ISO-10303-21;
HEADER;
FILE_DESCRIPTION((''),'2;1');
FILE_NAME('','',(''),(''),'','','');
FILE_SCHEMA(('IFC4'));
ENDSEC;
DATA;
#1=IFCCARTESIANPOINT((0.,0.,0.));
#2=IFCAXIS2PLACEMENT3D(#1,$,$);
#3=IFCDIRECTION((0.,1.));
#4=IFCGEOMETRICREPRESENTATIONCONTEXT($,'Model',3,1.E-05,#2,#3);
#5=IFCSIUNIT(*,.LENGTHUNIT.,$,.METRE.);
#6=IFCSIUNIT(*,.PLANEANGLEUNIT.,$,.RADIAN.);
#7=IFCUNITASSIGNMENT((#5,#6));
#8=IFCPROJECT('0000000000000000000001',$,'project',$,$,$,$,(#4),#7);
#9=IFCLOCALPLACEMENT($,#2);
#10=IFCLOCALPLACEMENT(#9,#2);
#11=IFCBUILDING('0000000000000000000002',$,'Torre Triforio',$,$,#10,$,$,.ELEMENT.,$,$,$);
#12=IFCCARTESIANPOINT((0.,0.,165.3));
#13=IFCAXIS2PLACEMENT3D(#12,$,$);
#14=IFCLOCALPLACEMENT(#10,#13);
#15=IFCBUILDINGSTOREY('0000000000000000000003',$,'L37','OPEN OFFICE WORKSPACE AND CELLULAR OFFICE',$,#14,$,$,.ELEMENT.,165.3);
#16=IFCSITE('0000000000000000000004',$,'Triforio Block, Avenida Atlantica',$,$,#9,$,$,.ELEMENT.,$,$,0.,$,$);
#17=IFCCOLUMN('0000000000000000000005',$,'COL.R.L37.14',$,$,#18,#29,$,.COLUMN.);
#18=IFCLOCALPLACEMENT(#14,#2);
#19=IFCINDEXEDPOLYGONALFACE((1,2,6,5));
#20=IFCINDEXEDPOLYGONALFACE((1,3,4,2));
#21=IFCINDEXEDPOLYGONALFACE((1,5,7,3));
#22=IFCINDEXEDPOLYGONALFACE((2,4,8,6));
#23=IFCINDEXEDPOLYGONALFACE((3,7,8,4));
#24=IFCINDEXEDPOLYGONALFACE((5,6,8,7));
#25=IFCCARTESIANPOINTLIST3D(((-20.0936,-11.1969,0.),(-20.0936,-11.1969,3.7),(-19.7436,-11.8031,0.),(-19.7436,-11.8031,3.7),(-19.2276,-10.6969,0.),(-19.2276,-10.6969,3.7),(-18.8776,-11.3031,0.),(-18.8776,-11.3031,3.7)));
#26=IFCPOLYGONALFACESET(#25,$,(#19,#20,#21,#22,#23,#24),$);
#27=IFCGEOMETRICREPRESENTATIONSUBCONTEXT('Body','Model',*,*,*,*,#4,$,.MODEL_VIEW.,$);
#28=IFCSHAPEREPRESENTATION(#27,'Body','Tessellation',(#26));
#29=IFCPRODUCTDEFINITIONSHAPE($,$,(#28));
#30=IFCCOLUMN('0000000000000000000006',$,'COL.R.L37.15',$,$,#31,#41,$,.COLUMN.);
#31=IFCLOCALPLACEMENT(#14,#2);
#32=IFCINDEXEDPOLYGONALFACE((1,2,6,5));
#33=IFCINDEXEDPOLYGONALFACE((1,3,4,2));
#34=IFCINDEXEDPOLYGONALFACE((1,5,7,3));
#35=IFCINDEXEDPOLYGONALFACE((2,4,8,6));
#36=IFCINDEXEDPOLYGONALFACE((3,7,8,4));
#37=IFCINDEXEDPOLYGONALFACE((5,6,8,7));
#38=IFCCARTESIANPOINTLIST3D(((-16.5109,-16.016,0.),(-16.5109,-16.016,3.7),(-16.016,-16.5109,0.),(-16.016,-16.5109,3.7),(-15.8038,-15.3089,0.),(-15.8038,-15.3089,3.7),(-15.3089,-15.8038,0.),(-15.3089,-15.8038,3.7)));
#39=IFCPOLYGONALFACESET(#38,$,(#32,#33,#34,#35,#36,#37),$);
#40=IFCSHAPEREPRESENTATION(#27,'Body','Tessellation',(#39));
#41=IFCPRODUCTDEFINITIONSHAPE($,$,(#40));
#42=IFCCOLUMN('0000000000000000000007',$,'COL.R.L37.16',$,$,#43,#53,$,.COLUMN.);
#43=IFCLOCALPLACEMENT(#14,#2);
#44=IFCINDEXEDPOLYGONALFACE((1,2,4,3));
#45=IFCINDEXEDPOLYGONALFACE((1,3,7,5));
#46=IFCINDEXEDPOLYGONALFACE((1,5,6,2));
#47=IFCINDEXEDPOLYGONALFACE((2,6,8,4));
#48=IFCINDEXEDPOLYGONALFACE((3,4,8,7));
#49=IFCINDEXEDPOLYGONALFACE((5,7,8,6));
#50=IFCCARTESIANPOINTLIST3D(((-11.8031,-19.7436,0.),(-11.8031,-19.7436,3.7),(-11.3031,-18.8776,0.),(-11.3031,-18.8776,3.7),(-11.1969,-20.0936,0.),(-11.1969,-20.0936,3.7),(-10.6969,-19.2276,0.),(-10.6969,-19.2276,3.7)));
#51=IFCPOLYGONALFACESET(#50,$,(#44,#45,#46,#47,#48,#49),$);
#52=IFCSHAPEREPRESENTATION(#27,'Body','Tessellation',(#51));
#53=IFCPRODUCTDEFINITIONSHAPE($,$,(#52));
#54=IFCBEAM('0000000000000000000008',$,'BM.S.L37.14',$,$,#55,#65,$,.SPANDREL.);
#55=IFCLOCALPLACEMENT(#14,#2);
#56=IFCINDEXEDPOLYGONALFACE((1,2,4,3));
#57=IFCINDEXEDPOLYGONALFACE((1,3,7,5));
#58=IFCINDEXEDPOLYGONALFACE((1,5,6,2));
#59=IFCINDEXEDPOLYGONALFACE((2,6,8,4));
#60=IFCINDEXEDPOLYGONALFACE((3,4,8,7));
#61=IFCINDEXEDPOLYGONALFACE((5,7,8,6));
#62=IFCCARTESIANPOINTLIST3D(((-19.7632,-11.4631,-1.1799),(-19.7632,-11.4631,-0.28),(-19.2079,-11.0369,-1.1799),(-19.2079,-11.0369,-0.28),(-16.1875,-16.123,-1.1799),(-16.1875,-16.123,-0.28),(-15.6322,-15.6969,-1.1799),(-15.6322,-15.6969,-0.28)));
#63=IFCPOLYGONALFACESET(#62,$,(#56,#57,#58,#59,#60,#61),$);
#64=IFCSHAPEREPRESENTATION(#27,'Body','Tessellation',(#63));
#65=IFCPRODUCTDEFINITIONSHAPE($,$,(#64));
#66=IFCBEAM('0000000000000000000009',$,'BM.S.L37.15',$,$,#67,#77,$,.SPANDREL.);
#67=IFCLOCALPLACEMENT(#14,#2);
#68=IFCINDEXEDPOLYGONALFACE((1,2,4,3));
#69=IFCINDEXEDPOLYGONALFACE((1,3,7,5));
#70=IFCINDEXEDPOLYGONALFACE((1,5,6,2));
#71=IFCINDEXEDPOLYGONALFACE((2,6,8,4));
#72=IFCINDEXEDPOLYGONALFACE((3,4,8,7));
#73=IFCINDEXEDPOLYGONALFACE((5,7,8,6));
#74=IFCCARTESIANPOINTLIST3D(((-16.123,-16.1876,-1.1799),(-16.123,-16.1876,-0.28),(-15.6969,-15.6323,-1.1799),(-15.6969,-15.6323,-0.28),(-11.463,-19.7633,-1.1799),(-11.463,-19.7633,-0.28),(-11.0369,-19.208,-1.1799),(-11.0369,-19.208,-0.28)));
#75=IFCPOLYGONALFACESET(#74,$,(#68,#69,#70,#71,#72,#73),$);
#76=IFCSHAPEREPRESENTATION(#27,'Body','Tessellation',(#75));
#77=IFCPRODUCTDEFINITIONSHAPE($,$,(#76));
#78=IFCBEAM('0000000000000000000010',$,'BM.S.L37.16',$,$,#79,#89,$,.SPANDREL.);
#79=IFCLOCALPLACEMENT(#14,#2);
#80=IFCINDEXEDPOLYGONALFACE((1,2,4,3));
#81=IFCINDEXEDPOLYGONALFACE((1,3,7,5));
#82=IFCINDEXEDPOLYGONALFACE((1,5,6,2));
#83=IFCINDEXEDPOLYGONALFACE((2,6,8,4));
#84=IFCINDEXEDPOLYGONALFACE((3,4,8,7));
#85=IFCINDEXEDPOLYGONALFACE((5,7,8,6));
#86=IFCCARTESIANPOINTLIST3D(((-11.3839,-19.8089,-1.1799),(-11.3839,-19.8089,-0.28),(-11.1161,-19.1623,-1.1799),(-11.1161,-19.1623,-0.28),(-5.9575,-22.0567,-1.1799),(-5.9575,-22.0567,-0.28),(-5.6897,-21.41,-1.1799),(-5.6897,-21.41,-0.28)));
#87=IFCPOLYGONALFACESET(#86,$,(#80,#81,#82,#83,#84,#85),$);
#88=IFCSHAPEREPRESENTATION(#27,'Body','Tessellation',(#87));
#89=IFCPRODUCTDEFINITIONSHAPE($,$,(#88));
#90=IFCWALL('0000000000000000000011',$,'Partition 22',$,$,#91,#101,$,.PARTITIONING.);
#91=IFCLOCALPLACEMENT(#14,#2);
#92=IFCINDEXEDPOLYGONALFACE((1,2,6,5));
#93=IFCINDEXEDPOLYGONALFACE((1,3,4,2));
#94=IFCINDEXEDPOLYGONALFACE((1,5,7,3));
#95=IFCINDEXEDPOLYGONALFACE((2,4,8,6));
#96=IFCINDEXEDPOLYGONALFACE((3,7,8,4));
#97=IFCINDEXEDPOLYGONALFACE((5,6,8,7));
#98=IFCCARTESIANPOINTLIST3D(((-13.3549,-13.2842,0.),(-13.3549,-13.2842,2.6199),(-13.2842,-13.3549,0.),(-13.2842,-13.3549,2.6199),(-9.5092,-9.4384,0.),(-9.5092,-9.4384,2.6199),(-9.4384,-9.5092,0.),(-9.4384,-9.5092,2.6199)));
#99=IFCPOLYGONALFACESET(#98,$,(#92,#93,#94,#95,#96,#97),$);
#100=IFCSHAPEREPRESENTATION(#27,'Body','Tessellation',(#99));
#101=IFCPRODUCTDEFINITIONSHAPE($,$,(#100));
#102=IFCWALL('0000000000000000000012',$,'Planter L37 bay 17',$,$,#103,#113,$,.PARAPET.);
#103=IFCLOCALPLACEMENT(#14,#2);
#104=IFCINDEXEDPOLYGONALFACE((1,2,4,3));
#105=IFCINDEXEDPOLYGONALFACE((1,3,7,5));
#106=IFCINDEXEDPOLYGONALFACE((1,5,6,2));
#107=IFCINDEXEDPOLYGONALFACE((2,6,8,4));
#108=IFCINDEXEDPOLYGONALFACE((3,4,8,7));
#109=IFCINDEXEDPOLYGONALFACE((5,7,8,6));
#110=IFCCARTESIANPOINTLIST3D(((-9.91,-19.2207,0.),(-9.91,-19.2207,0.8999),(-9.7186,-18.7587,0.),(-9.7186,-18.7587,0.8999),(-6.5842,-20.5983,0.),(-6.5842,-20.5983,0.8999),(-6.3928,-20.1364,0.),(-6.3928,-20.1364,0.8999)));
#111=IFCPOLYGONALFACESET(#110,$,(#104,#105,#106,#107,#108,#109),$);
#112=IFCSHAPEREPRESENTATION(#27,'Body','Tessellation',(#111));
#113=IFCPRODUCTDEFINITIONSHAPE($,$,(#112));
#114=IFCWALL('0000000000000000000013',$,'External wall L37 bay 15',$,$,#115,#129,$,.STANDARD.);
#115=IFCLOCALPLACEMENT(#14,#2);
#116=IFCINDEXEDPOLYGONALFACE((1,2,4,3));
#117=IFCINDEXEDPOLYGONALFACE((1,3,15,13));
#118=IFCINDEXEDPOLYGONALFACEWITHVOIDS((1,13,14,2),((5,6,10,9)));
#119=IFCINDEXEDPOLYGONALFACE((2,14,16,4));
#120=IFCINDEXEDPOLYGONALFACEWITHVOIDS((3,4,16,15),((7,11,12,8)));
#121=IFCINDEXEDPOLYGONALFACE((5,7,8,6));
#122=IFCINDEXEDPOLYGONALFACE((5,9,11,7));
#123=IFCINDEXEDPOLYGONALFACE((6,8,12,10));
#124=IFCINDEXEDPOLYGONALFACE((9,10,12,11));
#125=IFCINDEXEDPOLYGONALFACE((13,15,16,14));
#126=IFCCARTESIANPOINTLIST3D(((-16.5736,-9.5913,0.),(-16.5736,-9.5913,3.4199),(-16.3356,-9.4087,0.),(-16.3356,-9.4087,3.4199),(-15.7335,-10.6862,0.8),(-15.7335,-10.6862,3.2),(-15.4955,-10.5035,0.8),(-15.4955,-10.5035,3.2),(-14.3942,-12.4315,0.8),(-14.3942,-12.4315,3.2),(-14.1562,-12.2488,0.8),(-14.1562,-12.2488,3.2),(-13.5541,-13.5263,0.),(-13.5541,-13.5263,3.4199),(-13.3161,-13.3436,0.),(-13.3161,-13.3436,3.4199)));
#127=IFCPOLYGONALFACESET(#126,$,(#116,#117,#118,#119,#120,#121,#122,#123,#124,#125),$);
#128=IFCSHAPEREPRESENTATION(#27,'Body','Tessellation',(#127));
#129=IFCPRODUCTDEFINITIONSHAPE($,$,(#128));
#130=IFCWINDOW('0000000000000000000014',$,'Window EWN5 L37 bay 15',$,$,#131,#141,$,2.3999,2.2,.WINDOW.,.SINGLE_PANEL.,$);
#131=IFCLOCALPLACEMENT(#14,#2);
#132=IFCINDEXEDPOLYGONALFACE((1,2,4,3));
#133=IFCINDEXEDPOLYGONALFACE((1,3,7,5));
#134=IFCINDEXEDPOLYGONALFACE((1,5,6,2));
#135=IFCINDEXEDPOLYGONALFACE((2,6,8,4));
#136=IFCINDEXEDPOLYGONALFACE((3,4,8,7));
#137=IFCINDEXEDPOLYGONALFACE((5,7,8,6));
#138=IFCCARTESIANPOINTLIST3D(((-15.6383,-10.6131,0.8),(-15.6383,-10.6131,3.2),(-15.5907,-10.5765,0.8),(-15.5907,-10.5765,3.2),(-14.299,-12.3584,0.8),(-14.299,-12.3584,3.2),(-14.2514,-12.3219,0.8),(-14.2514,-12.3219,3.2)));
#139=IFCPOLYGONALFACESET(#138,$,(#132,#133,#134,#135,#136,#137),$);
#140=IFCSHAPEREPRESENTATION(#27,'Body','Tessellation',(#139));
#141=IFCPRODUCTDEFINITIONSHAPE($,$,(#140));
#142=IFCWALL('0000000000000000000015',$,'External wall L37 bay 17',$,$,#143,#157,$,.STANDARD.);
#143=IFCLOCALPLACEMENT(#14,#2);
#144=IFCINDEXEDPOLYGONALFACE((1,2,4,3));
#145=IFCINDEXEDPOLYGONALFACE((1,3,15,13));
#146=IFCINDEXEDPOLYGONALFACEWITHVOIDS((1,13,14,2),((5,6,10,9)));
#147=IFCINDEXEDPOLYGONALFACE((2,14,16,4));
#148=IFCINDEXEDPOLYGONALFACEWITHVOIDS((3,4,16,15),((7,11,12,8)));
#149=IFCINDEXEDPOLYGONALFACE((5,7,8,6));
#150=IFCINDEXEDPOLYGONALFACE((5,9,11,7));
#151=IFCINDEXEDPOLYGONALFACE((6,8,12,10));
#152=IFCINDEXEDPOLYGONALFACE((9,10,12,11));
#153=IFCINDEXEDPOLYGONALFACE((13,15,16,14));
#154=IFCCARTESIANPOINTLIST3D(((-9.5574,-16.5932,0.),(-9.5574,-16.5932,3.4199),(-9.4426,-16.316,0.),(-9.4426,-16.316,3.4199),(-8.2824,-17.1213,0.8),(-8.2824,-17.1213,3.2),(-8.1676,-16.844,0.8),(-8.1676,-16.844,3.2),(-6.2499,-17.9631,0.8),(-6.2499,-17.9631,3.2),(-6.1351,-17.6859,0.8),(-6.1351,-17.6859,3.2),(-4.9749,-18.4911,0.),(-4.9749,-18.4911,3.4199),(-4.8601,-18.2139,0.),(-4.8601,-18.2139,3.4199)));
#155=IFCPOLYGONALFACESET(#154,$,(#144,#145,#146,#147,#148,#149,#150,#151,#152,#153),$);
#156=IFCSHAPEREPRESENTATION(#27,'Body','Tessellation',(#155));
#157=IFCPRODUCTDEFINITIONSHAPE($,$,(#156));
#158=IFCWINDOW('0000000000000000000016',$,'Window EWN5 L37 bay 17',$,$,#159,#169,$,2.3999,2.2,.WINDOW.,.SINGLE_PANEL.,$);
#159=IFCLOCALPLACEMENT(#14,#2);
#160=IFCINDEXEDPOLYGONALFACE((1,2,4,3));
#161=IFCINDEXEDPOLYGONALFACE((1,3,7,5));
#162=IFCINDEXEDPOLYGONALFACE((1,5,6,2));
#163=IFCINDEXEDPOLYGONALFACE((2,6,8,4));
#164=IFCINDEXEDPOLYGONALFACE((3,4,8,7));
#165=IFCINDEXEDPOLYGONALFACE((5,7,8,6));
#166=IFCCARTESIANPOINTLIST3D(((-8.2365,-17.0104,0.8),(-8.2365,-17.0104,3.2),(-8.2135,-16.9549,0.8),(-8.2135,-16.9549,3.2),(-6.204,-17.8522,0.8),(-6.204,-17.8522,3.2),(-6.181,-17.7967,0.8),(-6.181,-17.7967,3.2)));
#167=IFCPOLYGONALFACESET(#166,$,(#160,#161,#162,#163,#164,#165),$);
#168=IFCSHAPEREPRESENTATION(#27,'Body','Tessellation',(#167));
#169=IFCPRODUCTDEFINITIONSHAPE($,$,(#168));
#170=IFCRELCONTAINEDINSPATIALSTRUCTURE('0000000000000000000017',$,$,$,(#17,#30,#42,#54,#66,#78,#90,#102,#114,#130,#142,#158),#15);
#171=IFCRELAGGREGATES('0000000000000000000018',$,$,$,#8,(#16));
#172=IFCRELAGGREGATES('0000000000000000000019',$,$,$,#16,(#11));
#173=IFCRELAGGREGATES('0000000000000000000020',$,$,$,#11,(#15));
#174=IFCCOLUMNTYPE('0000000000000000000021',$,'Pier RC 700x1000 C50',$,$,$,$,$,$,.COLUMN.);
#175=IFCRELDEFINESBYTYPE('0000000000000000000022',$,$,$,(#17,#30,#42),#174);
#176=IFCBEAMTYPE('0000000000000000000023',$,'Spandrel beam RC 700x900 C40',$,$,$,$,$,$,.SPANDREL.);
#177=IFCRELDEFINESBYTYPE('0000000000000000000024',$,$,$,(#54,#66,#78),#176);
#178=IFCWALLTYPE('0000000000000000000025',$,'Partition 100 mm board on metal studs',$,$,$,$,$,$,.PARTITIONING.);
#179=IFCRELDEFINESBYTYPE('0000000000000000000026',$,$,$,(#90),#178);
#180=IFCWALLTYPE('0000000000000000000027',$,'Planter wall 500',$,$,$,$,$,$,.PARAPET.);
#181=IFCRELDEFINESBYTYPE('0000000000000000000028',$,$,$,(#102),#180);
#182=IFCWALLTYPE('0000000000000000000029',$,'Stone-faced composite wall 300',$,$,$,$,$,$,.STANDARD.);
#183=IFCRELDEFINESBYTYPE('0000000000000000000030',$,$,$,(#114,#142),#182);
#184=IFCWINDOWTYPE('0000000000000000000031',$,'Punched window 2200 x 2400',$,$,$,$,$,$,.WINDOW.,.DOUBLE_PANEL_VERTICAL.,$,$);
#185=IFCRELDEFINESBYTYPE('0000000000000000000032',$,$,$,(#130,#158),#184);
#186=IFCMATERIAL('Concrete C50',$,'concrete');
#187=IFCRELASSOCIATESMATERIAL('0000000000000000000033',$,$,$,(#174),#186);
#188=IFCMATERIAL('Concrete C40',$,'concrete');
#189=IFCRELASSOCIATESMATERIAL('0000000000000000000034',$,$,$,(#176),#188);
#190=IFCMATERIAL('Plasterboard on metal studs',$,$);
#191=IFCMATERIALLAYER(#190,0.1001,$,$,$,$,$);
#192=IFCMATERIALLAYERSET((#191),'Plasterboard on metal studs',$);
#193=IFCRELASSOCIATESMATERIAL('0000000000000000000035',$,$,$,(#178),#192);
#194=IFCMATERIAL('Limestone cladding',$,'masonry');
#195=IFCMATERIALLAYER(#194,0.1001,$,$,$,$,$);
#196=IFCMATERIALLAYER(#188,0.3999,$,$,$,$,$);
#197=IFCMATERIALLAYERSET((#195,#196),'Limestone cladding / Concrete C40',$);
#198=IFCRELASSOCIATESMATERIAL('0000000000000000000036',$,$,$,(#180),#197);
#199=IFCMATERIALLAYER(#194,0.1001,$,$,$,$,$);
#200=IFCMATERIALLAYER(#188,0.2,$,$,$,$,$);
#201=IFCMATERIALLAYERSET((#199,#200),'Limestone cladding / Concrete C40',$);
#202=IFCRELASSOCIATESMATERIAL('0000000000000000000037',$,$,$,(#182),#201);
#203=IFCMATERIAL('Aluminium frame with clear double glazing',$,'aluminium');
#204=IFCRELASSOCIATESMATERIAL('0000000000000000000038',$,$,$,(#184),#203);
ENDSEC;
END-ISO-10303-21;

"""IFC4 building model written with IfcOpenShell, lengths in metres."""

from ifc_helpers import new_model, si_unit, direction, frame, frame_2d, origin, origin_2d, place, context, subcontext, project, spatial, rectangle, extrude, material, layer, layer_set, material_profile, profile_set, type_object, element, fill, save


model = new_model("IFC4")

# Units and contexts
model_context = context("Model", 3, precision=1e-05, world=origin(), true_north=direction((0.0, 1.0)))
body_context = subcontext(model_context, "Body", "Model", "MODEL_VIEW")
ifc_project = project(units=[si_unit("LENGTHUNIT", "METRE"), si_unit("PLANEANGLEUNIT", "RADIAN")], contexts=[model_context])

# Site, building, storey
site_placement = place(None, origin())
site = spatial("IfcSite", under=ifc_project, at=site_placement, Name="Triforio Block, Avenida Atlantica", CompositionType="ELEMENT", RefElevation=0.0)
building_placement = place(site_placement, origin())
building = spatial("IfcBuilding", under=site, at=building_placement, Name="Torre Triforio", CompositionType="ELEMENT")
storey_placement = place(building_placement, frame((0.0, 0.0, 165.3)))
storey = spatial("IfcBuildingStorey", under=building, at=storey_placement, Name="L37", Description="OPEN OFFICE WORKSPACE AND CELLULAR OFFICE", CompositionType="ELEMENT", Elevation=165.3)

# Columns
ifc_material_1 = material(Name="Concrete C50", Category="concrete")
ifc_material_profile_1 = material_profile(ifc_material_1, rectangle(XDim=0.7, YDim=1.0, at=origin_2d()), Name="RC 700x1000")
ifc_profile_set_1 = profile_set([ifc_material_profile_1], Name="Concrete C50")
column_type = type_object("IfcColumnType", Name="Pier RC 700x1000 C50", PredefinedType="COLUMN", material=ifc_profile_set_1)
for number, where, z_axis, x_axis, name in (
    (1, (-19.4856, -11.25, 0.0), (0.0, 0.0, 1.0), (0.5, -0.866025, 0.0), "COL.R.L37.14"),
    (2, (-15.9099, -15.9099, 0.0), (0.0, 0.0, 1.0), (0.707107, -0.707107, 0.0), "COL.R.L37.15"),
    (3, (-11.25, -19.4856, 0.0), (0.0, 0.0, 1.0), (0.866025, -0.5, 0.0), "COL.R.L37.16"),
):
    element("IfcColumn", number, at=place(storey_placement, frame(where, z_axis=z_axis, x_axis=x_axis)), inside=storey, type_object=column_type, Name=name, PredefinedType="COLUMN", context=body_context, shape_type="SweptSolid", body=[
        extrude(rectangle(XDim=0.7, YDim=1.0, at=origin_2d()), origin(), (0.0, 0.0, 1.0), 3.7),
    ])

# Beams
ifc_material_2 = material(Name="Concrete C40", Category="concrete")
ifc_material_profile_2 = material_profile(ifc_material_2, rectangle(XDim=0.7, YDim=0.8999, at=origin_2d()), Name="RC 700x900")
ifc_profile_set_2 = profile_set([ifc_material_profile_2], Name="Concrete C40")
beam_type = type_object("IfcBeamType", Name="Spandrel beam RC 700x900 C40", PredefinedType="SPANDREL", material=ifc_profile_set_2)
for number, where, z_axis, x_axis, name in (
    (4, (-19.4856, -11.25, -0.73), (0.608762, -0.793353, 0.0), (0.793353, 0.608762, 0.0), "BM.S.L37.14"),
    (5, (-15.9099, -15.9099, -0.73), (0.793353, -0.608762, 0.0), (0.608762, 0.793353, 0.0), "BM.S.L37.15"),
):
    element("IfcBeam", number, at=place(storey_placement, frame(where, z_axis=z_axis, x_axis=x_axis)), inside=storey, type_object=beam_type, Name=name, PredefinedType="SPANDREL", context=body_context, shape_type="SweptSolid", body=[
        extrude(rectangle(XDim=0.7, YDim=0.8999, at=origin_2d()), origin(), (0.0, 0.0, 1.0), 5.8738),
    ])
beam_placement = place(storey_placement, frame((-11.25, -19.4856, -0.73), z_axis=(0.923875, -0.382693, 0.0), x_axis=(0.382693, 0.923875, 0.0)))
element("IfcBeam", 6, at=beam_placement, inside=storey, type_object=beam_type, Name="BM.S.L37.16", PredefinedType="SPANDREL", context=body_context, shape_type="SweptSolid", body=[
    extrude(rectangle(XDim=0.7, YDim=0.8999, at=origin_2d()), origin(), (0.0, 0.0, 1.0), 5.8735),
])

# Walls
ifc_material_3 = material(Name="Plasterboard on metal studs")
ifc_layer_1 = layer(ifc_material_3, 0.1001)
ifc_layer_set_1 = layer_set([ifc_layer_1], Name="Plasterboard on metal studs")
wall_type_1 = type_object("IfcWallType", Name="Partition 100 mm board on metal studs", PredefinedType="PARTITIONING", material=ifc_layer_set_1)
wall_1_placement = place(storey_placement, frame((-9.4739, -9.4739, 0.0), z_axis=(0.0, 0.0, 1.0), x_axis=(-0.707107, -0.707107, 0.0)))
element("IfcWall", 7, at=wall_1_placement, inside=storey, type_object=wall_type_1, Name="Partition 22", PredefinedType="PARTITIONING", context=body_context, shape_type="SweptSolid", body=[
    extrude(rectangle(XDim=5.4387, YDim=0.1001, at=frame_2d((2.7192, 0.0))), origin(), (0.0, 0.0, 1.0), 2.6199),
])
ifc_material_4 = material(Name="Limestone cladding", Category="masonry")
ifc_layer_2 = layer(ifc_material_4, 0.1001)
ifc_layer_3 = layer(ifc_material_2, 0.3999)
ifc_layer_set_2 = layer_set([ifc_layer_2, ifc_layer_3], Name="Limestone cladding / Concrete C40")
wall_type_2 = type_object("IfcWallType", Name="Planter wall 500", PredefinedType="PARAPET", material=ifc_layer_set_2)
wall_2_placement = place(storey_placement, frame((-9.8142, -18.9897, 0.0), z_axis=(0.0, 0.0, 1.0), x_axis=(0.923875, -0.382693, 0.0)))
element("IfcWall", 8, at=wall_2_placement, inside=storey, type_object=wall_type_2, Name="Planter L37 bay 17", PredefinedType="PARAPET", context=body_context, shape_type="SweptSolid", body=[
    extrude(rectangle(XDim=3.5999, YDim=0.5, at=frame_2d((1.7998, 0.0))), origin(), (0.0, 0.0, 1.0), 0.8999),
])

# Wall, opening, window
ifc_layer_4 = layer(ifc_material_4, 0.1001)
ifc_layer_5 = layer(ifc_material_2, 0.2)
ifc_layer_set_3 = layer_set([ifc_layer_4, ifc_layer_5], Name="Limestone cladding / Concrete C40")
wall_type_3 = type_object("IfcWallType", Name="Stone-faced composite wall 300", PredefinedType="STANDARD", material=ifc_layer_set_3)
wall_3_placement = place(storey_placement, frame((-16.4546, -9.5, 0.0), z_axis=(0.0, 0.0, 1.0), x_axis=(0.608768, -0.793348, 0.0)))
wall_3 = element("IfcWall", 9, at=wall_3_placement, inside=storey, type_object=wall_type_3, Name="External wall L37 bay 15", PredefinedType="STANDARD", context=body_context, shape_type="SweptSolid", body=[
    extrude(rectangle(XDim=4.96, YDim=0.3, at=frame_2d((2.48, 0.0))), origin(), (0.0, 0.0, 1.0), 3.4199),
])
opening_1_placement = place(wall_3_placement, frame((1.3799, 0.0, 0.8)))
opening_1 = element("IfcOpeningElement", 10, at=opening_1_placement, cuts=wall_3, PredefinedType="OPENING", context=body_context, shape_type="SweptSolid", body=[
    extrude(rectangle(XDim=2.2, YDim=2.3999, at=frame_2d((1.1001, 1.2))), frame((0.0, 0.1599, 0.0), z_axis=(0.0, -1.0, 0.0), x_axis=(1.0, 0.0, 0.0)), (0.0, 0.0, 1.0), 0.3201),
])
ifc_material_5 = material(Name="Aluminium frame with clear double glazing", Category="aluminium")
window_type_1 = type_object("IfcWindowType", Name="Punched window 2200 x 2400", PartitioningType="DOUBLE_PANEL_VERTICAL", PredefinedType="WINDOW", material=ifc_material_5)
window_1_placement = place(opening_1_placement, origin())
window_1 = element("IfcWindow", 11, at=window_1_placement, inside=storey, type_object=window_type_1, Name="Window EWN5 L37 bay 15", OverallHeight=2.3999, OverallWidth=2.2, PartitioningType="SINGLE_PANEL", PredefinedType="WINDOW", context=body_context, shape_type="SweptSolid", body=[
    extrude(rectangle(XDim=2.2, YDim=2.3999, at=frame_2d((1.1001, 1.2))), frame((0.0, 0.03, 0.0), z_axis=(0.0, -1.0, 0.0), x_axis=(1.0, 0.0, 0.0)), (0.0, 0.0, 1.0), 0.0601),
])
fill(opening_1, window_1)

# Wall, opening, window
wall_4_placement = place(storey_placement, frame((-9.5, -16.4546, 0.0), z_axis=(0.0, 0.0, 1.0), x_axis=(0.923893, -0.38265, 0.0)))
wall_4 = element("IfcWall", 12, at=wall_4_placement, inside=storey, type_object=wall_type_3, Name="External wall L37 bay 17", PredefinedType="STANDARD", context=body_context, shape_type="SweptSolid", body=[
    extrude(rectangle(XDim=4.96, YDim=0.3, at=frame_2d((2.48, 0.0))), origin(), (0.0, 0.0, 1.0), 3.4199),
])
opening_2_placement = place(wall_4_placement, frame((1.3799, 0.0, 0.8)))
opening_2 = element("IfcOpeningElement", 13, at=opening_2_placement, cuts=wall_4, PredefinedType="OPENING", context=body_context, shape_type="SweptSolid", body=[
    extrude(rectangle(XDim=2.2, YDim=2.3999, at=frame_2d((1.1001, 1.2))), frame((0.0, 0.1599, 0.0), z_axis=(0.0, -1.0, 0.0), x_axis=(1.0, 0.0, 0.0)), (0.0, 0.0, 1.0), 0.3201),
])
window_2_placement = place(opening_2_placement, origin())
window_2 = element("IfcWindow", 14, at=window_2_placement, inside=storey, type_object=window_type_1, Name="Window EWN5 L37 bay 17", OverallHeight=2.3999, OverallWidth=2.2, PartitioningType="SINGLE_PANEL", PredefinedType="WINDOW", context=body_context, shape_type="SweptSolid", body=[
    extrude(rectangle(XDim=2.2, YDim=2.3999, at=frame_2d((1.1001, 1.2))), frame((0.0, 0.03, 0.0), z_axis=(0.0, -1.0, 0.0), x_axis=(1.0, 0.0, 0.0)), (0.0, 0.0, 1.0), 0.0601),
])
fill(opening_2, window_2)

save(model, "model.ifc")
